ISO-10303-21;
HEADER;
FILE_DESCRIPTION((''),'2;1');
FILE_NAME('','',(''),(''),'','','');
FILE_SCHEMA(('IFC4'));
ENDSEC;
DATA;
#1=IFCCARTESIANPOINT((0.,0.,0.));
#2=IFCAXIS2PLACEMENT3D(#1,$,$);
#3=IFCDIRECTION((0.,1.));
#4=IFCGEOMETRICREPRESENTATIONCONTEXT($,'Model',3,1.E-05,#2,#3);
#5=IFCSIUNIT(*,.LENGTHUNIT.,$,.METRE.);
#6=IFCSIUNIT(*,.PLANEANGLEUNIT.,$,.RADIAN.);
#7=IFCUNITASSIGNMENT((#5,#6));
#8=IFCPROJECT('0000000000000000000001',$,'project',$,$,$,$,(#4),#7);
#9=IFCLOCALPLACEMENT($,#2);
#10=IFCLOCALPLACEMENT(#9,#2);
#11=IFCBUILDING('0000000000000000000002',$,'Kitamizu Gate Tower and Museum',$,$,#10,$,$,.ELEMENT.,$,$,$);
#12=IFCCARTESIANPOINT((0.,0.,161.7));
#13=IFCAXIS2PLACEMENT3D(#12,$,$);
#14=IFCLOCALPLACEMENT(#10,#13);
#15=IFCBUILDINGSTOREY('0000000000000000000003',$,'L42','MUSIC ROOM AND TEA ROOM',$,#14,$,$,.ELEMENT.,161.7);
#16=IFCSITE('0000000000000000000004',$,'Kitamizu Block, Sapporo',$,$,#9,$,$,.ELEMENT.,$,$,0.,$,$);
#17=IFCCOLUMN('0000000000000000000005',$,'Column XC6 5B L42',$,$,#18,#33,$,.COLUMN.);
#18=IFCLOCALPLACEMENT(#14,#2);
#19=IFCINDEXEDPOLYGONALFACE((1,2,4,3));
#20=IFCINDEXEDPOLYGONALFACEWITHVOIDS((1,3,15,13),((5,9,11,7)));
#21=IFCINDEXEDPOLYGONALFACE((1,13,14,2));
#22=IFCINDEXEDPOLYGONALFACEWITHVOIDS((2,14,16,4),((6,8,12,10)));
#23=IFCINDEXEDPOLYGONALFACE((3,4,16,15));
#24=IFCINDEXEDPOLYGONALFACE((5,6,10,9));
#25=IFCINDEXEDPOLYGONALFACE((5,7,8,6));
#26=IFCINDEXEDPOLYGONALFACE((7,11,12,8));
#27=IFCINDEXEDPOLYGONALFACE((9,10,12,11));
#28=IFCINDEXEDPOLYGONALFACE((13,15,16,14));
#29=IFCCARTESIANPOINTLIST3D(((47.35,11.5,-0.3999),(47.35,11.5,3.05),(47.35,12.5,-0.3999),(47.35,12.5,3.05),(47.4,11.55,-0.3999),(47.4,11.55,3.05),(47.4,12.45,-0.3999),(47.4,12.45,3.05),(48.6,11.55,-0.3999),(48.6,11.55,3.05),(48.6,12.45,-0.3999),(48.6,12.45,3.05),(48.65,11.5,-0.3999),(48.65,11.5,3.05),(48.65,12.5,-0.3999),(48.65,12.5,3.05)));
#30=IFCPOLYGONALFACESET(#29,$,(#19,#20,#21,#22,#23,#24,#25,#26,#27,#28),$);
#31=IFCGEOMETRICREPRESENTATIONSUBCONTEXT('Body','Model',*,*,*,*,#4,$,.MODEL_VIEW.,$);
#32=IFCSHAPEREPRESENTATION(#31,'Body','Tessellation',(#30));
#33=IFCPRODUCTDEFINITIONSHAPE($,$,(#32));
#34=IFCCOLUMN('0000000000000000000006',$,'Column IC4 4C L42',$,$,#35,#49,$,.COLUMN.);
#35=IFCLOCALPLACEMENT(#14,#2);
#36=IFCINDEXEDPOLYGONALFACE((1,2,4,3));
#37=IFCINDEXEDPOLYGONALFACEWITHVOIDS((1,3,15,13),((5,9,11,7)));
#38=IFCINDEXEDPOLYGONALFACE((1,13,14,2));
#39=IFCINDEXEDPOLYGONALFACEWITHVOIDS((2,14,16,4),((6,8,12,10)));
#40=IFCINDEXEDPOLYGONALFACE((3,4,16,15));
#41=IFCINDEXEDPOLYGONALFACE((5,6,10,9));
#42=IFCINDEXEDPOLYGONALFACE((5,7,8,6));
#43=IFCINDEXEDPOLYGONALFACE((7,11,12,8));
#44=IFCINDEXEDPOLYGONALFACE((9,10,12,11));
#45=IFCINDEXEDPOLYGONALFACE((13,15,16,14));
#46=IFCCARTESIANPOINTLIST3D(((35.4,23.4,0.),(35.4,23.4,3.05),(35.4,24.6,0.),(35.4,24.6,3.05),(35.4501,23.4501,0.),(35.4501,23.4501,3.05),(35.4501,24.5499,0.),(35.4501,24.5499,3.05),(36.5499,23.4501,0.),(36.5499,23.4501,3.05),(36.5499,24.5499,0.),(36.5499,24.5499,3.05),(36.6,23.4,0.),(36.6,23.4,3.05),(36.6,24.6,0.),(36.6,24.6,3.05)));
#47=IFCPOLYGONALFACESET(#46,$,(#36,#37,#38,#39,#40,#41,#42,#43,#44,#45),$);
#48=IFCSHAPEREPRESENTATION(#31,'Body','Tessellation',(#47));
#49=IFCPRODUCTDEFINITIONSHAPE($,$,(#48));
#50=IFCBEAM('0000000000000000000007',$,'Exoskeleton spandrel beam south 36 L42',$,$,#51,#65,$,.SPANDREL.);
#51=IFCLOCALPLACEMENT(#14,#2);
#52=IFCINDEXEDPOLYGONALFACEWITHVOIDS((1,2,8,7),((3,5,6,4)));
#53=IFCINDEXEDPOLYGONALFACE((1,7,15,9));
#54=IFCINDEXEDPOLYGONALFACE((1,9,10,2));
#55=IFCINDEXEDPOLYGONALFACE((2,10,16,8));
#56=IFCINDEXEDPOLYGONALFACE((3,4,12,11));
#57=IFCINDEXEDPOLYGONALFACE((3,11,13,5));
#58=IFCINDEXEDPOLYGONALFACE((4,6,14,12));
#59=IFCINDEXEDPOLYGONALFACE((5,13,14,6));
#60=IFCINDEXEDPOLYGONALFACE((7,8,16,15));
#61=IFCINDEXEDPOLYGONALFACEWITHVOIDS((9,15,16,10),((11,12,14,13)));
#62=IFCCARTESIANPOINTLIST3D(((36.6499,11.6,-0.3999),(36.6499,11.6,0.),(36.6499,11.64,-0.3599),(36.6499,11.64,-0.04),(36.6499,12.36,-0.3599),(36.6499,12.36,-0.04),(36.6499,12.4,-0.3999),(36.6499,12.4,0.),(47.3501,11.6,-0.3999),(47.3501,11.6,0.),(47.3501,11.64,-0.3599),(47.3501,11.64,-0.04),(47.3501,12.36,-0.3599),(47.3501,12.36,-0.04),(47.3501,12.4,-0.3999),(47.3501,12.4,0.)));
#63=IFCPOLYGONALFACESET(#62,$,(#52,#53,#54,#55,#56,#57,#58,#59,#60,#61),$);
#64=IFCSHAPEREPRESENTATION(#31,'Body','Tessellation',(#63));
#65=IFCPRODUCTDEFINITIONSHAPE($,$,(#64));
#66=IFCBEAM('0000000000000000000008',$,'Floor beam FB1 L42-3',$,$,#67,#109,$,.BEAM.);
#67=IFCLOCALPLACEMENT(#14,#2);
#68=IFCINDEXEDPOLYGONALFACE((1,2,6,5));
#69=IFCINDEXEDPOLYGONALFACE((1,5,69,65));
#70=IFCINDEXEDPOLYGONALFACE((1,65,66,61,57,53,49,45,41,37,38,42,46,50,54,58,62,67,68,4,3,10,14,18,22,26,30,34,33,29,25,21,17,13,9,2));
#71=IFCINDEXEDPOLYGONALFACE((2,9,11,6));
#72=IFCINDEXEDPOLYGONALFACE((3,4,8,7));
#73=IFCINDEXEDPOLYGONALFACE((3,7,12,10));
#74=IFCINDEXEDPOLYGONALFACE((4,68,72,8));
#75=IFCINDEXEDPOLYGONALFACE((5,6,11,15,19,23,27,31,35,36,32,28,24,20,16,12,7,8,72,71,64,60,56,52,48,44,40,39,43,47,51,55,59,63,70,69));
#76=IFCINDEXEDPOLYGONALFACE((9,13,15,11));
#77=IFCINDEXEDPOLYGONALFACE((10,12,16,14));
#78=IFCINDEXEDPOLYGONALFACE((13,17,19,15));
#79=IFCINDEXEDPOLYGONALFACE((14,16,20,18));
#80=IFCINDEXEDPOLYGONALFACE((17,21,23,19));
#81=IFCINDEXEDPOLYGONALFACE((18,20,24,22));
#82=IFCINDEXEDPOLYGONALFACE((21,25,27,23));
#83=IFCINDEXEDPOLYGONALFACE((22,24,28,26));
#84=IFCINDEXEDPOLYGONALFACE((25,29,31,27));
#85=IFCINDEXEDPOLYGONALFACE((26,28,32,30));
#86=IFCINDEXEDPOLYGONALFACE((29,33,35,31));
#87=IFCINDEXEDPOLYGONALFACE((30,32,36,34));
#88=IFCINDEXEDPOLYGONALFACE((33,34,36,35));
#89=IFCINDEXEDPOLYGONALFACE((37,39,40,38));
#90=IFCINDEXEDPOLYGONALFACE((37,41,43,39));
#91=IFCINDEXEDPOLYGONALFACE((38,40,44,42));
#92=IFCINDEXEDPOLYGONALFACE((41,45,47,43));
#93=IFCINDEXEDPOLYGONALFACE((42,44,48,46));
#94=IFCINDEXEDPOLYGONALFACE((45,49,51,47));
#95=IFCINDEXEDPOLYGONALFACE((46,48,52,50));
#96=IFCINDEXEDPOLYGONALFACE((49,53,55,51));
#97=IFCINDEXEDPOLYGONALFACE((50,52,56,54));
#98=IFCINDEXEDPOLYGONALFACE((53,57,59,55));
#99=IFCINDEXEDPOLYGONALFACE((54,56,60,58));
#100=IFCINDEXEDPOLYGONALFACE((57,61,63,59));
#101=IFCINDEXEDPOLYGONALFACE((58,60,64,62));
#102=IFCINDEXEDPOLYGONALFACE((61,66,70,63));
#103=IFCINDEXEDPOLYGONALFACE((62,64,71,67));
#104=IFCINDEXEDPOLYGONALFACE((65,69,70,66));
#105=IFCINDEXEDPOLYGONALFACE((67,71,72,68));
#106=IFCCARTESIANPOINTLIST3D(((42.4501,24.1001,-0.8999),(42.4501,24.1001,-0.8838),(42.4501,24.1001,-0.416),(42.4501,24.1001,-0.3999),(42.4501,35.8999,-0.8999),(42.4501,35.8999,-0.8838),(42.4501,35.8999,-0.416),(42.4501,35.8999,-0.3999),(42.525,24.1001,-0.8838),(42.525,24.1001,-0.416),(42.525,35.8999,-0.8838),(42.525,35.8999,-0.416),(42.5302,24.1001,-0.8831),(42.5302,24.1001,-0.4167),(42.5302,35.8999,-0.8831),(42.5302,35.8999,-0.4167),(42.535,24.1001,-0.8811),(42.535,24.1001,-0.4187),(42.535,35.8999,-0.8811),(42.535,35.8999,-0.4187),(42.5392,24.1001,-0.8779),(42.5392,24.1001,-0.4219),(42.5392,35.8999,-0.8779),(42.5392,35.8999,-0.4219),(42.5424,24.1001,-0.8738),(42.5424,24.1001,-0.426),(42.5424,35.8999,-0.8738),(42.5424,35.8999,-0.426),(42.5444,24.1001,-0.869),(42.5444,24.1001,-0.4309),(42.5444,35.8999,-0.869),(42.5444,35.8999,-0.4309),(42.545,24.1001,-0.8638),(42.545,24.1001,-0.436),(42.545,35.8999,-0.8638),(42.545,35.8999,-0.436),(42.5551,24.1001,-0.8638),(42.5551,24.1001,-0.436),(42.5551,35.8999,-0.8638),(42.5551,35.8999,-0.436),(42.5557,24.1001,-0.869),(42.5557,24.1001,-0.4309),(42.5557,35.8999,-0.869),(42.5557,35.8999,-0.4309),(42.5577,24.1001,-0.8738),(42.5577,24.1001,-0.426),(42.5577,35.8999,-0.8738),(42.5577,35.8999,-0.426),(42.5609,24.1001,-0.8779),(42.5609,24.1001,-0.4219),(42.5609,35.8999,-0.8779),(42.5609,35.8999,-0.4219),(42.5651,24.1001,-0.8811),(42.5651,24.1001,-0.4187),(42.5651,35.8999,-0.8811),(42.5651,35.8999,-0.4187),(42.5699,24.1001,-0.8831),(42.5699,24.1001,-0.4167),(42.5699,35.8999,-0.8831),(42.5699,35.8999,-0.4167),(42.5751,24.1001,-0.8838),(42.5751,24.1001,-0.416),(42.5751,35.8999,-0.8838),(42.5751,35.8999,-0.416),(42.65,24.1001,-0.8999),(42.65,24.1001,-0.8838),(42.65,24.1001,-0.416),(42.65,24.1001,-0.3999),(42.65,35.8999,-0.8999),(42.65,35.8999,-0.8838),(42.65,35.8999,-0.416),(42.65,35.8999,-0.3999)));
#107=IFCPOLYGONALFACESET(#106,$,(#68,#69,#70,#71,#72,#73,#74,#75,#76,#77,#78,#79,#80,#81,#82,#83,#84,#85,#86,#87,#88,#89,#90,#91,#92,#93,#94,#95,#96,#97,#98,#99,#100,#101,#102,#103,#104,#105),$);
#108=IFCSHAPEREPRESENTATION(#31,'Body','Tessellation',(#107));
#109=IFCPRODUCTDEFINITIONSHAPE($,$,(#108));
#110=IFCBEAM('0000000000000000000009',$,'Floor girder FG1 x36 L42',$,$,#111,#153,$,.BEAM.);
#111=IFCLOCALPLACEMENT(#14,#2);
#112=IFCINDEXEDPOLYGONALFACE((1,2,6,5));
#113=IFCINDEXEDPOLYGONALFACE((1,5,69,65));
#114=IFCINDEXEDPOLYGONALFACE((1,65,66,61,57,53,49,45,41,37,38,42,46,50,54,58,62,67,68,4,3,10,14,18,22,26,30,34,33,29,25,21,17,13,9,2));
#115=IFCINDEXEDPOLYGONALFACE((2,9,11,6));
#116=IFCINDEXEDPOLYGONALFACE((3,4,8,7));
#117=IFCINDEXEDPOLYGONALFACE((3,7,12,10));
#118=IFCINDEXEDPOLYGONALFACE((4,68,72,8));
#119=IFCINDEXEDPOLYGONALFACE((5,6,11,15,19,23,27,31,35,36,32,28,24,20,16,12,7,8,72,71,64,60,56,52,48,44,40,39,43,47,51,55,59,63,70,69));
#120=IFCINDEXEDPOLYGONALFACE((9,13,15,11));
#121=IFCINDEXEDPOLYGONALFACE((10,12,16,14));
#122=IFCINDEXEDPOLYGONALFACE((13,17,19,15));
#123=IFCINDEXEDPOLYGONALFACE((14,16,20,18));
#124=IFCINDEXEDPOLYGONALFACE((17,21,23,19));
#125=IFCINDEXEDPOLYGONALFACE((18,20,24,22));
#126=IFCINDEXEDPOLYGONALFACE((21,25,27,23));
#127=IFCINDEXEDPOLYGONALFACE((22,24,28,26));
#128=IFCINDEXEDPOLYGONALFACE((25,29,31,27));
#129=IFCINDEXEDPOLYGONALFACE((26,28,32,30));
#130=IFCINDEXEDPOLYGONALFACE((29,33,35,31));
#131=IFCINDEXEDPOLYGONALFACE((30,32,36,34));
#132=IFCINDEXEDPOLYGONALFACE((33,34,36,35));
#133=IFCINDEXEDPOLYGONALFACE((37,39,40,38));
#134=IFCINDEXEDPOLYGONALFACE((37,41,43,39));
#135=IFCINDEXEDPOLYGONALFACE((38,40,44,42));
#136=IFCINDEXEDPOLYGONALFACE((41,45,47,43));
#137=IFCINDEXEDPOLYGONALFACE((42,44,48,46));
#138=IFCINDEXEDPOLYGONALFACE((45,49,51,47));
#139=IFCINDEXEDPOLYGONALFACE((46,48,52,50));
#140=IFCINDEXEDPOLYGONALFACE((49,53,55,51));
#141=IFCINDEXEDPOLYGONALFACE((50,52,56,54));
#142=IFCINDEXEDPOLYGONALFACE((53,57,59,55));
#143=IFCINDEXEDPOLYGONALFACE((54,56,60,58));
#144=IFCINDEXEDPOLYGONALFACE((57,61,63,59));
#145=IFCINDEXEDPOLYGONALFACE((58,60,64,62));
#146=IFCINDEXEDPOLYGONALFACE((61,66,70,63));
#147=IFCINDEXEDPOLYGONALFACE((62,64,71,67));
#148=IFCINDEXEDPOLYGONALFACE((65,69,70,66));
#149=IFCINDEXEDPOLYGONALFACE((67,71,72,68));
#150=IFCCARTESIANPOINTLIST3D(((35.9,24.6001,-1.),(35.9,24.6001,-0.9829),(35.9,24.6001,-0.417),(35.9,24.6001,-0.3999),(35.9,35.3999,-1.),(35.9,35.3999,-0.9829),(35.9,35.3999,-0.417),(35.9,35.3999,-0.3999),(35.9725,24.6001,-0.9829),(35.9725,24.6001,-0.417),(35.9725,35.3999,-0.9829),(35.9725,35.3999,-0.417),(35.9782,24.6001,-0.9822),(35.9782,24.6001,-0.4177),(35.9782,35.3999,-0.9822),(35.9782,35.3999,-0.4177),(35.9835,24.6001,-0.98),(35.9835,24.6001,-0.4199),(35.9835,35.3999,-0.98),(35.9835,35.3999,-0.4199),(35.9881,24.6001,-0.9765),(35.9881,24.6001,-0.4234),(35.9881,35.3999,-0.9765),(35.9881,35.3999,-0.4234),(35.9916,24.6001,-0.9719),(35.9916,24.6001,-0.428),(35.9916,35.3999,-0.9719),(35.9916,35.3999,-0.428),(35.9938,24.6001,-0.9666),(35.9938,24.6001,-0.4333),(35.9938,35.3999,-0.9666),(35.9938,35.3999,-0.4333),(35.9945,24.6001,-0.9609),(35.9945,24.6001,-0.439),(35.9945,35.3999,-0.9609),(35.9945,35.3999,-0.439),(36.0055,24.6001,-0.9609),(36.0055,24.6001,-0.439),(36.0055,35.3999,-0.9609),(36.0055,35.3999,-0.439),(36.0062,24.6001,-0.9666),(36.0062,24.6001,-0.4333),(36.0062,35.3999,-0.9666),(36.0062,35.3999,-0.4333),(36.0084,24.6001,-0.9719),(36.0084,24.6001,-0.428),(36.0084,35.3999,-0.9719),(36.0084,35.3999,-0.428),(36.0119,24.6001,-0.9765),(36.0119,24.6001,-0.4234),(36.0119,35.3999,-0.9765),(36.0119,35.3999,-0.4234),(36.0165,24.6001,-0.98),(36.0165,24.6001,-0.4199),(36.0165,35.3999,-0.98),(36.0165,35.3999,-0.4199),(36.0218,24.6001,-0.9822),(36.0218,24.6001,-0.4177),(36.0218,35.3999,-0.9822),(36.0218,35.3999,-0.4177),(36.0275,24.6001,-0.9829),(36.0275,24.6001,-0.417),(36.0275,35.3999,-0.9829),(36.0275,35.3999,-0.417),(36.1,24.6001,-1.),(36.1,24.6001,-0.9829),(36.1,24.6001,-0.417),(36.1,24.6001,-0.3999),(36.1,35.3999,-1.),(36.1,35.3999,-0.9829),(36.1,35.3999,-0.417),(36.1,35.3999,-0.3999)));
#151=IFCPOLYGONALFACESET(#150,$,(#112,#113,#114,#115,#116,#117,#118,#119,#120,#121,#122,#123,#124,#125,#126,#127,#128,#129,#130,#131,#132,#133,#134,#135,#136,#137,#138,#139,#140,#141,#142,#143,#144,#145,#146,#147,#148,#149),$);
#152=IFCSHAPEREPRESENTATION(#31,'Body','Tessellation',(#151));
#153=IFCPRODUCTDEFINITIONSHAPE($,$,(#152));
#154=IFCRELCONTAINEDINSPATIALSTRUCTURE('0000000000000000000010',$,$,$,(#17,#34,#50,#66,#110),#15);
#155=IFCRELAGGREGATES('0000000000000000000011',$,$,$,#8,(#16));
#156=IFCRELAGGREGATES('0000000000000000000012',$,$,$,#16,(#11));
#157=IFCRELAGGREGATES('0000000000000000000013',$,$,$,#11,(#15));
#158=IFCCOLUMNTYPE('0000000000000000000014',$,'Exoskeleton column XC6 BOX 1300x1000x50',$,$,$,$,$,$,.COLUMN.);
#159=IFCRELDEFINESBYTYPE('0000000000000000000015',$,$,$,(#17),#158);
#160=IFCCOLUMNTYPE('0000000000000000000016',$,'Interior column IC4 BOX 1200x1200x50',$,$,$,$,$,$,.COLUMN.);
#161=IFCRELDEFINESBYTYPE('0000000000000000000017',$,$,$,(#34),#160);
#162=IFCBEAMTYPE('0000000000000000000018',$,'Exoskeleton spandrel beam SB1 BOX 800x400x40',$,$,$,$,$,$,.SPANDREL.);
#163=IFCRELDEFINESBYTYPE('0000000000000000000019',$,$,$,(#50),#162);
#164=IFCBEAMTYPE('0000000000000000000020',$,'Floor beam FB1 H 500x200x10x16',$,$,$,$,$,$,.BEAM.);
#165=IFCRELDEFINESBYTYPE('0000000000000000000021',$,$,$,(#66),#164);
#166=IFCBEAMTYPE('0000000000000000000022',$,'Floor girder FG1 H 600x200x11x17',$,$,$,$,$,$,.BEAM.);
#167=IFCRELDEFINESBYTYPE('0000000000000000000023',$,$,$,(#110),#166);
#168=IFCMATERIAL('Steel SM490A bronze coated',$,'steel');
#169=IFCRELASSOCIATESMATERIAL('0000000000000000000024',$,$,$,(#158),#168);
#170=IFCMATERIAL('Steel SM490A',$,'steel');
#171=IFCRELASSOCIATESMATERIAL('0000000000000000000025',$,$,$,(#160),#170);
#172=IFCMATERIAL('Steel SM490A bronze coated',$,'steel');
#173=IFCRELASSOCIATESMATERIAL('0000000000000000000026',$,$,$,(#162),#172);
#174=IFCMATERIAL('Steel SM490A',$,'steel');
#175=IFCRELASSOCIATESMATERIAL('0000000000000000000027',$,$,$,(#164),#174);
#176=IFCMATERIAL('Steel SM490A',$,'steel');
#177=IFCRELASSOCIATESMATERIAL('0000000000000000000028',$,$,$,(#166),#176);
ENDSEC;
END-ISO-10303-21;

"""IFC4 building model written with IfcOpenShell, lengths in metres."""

from ifc_helpers import new_model, si_unit, direction, frame, origin, origin_2d, place, context, subcontext, project, spatial, hollow_rectangle, i_section, extrude, material, material_profile, profile_set, type_object, element, save


model = new_model("IFC4")

# Units and contexts
model_context = context("Model", 3, precision=1e-05, world=origin(), true_north=direction((0.0, 1.0)))
body_context = subcontext(model_context, "Body", "Model", "MODEL_VIEW")
ifc_project = project(units=[si_unit("LENGTHUNIT", "METRE"), si_unit("PLANEANGLEUNIT", "RADIAN")], contexts=[model_context])

# Site, building, storey
site_placement = place(None, origin())
site = spatial("IfcSite", under=ifc_project, at=site_placement, Name="Kitamizu Block, Sapporo", CompositionType="ELEMENT", RefElevation=0.0)
building_placement = place(site_placement, origin())
building = spatial("IfcBuilding", under=site, at=building_placement, Name="Kitamizu Gate Tower and Museum", CompositionType="ELEMENT")
storey_placement = place(building_placement, frame((0.0, 0.0, 161.7)))
storey = spatial("IfcBuildingStorey", under=building, at=storey_placement, Name="L42", Description="MUSIC ROOM AND TEA ROOM", CompositionType="ELEMENT", Elevation=161.7)

# Columns
ifc_material_1 = material(Name="Steel SM490A bronze coated", Category="steel")
ifc_material_profile_1 = material_profile(ifc_material_1, hollow_rectangle(XDim=1.3, YDim=1.0, WallThickness=0.05, at=origin_2d()), Name="BOX 1300x1000x50")
ifc_profile_set_1 = profile_set([ifc_material_profile_1], Name="Steel SM490A bronze coated")
column_type_1 = type_object("IfcColumnType", Name="Exoskeleton column XC6 BOX 1300x1000x50", PredefinedType="COLUMN", material=ifc_profile_set_1)
column_1_placement = place(storey_placement, frame((48.0, 12.0, -0.3999), z_axis=(0.0, 0.0, 1.0), x_axis=(1.0, 0.0, 0.0)))
element("IfcColumn", 1, at=column_1_placement, inside=storey, type_object=column_type_1, Name="Column XC6 5B L42", PredefinedType="COLUMN", context=body_context, shape_type="SweptSolid", body=[
    extrude(hollow_rectangle(XDim=1.3, YDim=1.0, WallThickness=0.05, at=origin_2d()), origin(), (0.0, 0.0, 1.0), 3.45),
])
ifc_material_2 = material(Name="Steel SM490A", Category="steel")
ifc_material_profile_2 = material_profile(ifc_material_2, hollow_rectangle(XDim=1.2, YDim=1.2, WallThickness=0.05, at=origin_2d()), Name="BOX 1200x1200x50")
ifc_profile_set_2 = profile_set([ifc_material_profile_2], Name="Steel SM490A")
column_type_2 = type_object("IfcColumnType", Name="Interior column IC4 BOX 1200x1200x50", PredefinedType="COLUMN", material=ifc_profile_set_2)
column_2_placement = place(storey_placement, frame((36.0, 24.0, 0.0), z_axis=(0.0, 0.0, 1.0), x_axis=(1.0, 0.0, 0.0)))
element("IfcColumn", 2, at=column_2_placement, inside=storey, type_object=column_type_2, Name="Column IC4 4C L42", PredefinedType="COLUMN", context=body_context, shape_type="SweptSolid", body=[
    extrude(hollow_rectangle(XDim=1.2, YDim=1.2, WallThickness=0.05, at=origin_2d()), origin(), (0.0, 0.0, 1.0), 3.05),
])

# Beams
ifc_material_3 = material(Name="Steel SM490A bronze coated", Category="steel")
ifc_material_profile_3 = material_profile(ifc_material_3, hollow_rectangle(XDim=0.8, YDim=0.3999, WallThickness=0.04, at=origin_2d()), Name="BOX 800x400x40")
ifc_profile_set_3 = profile_set([ifc_material_profile_3], Name="Steel SM490A bronze coated")
beam_type_1 = type_object("IfcBeamType", Name="Exoskeleton spandrel beam SB1 BOX 800x400x40", PredefinedType="SPANDREL", material=ifc_profile_set_3)
beam_1_placement = place(storey_placement, frame((36.6499, 12.0, -0.2), z_axis=(1.0, 0.0, 0.0), x_axis=(0.0, 1.0, 0.0)))
element("IfcBeam", 3, at=beam_1_placement, inside=storey, type_object=beam_type_1, Name="Exoskeleton spandrel beam south 36 L42", PredefinedType="SPANDREL", context=body_context, shape_type="SweptSolid", body=[
    extrude(hollow_rectangle(XDim=0.8, YDim=0.3999, WallThickness=0.04, at=origin_2d()), origin(), (0.0, 0.0, 1.0), 10.7002),
])
ifc_material_4 = material(Name="Steel SM490A", Category="steel")
ifc_material_profile_4 = material_profile(ifc_material_4, i_section(OverallWidth=0.2, OverallDepth=0.5, WebThickness=0.01, FlangeThickness=0.0161, FilletRadius=0.02, at=origin_2d()), Name="H-500x200x10x16")
ifc_profile_set_4 = profile_set([ifc_material_profile_4], Name="Steel SM490A")
beam_type_2 = type_object("IfcBeamType", Name="Floor beam FB1 H 500x200x10x16", PredefinedType="BEAM", material=ifc_profile_set_4)
beam_2_placement = place(storey_placement, frame((42.55, 24.1001, -0.6499), z_axis=(0.0, 1.0, 0.0), x_axis=(-1.0, 0.0, 0.0)))
element("IfcBeam", 4, at=beam_2_placement, inside=storey, type_object=beam_type_2, Name="Floor beam FB1 L42-3", PredefinedType="BEAM", context=body_context, shape_type="SweptSolid", body=[
    extrude(i_section(OverallWidth=0.2, OverallDepth=0.5, WebThickness=0.01, FlangeThickness=0.0161, FilletRadius=0.02, at=origin_2d()), origin(), (0.0, 0.0, 1.0), 11.7998),
])
ifc_material_5 = material(Name="Steel SM490A", Category="steel")
ifc_material_profile_5 = material_profile(ifc_material_5, i_section(OverallWidth=0.2, OverallDepth=0.6001, WebThickness=0.011, FlangeThickness=0.0171, FilletRadius=0.022, at=origin_2d()), Name="H-600x200x11x17")
ifc_profile_set_5 = profile_set([ifc_material_profile_5], Name="Steel SM490A")
beam_type_3 = type_object("IfcBeamType", Name="Floor girder FG1 H 600x200x11x17", PredefinedType="BEAM", material=ifc_profile_set_5)
beam_3_placement = place(storey_placement, frame((36.0, 24.6001, -0.7), z_axis=(0.0, 1.0, 0.0), x_axis=(-1.0, 0.0, 0.0)))
element("IfcBeam", 5, at=beam_3_placement, inside=storey, type_object=beam_type_3, Name="Floor girder FG1 x36 L42", PredefinedType="BEAM", context=body_context, shape_type="SweptSolid", body=[
    extrude(i_section(OverallWidth=0.2, OverallDepth=0.6001, WebThickness=0.011, FlangeThickness=0.0171, FilletRadius=0.022, at=origin_2d()), origin(), (0.0, 0.0, 1.0), 10.7998),
])

save(model, "model.ifc")
